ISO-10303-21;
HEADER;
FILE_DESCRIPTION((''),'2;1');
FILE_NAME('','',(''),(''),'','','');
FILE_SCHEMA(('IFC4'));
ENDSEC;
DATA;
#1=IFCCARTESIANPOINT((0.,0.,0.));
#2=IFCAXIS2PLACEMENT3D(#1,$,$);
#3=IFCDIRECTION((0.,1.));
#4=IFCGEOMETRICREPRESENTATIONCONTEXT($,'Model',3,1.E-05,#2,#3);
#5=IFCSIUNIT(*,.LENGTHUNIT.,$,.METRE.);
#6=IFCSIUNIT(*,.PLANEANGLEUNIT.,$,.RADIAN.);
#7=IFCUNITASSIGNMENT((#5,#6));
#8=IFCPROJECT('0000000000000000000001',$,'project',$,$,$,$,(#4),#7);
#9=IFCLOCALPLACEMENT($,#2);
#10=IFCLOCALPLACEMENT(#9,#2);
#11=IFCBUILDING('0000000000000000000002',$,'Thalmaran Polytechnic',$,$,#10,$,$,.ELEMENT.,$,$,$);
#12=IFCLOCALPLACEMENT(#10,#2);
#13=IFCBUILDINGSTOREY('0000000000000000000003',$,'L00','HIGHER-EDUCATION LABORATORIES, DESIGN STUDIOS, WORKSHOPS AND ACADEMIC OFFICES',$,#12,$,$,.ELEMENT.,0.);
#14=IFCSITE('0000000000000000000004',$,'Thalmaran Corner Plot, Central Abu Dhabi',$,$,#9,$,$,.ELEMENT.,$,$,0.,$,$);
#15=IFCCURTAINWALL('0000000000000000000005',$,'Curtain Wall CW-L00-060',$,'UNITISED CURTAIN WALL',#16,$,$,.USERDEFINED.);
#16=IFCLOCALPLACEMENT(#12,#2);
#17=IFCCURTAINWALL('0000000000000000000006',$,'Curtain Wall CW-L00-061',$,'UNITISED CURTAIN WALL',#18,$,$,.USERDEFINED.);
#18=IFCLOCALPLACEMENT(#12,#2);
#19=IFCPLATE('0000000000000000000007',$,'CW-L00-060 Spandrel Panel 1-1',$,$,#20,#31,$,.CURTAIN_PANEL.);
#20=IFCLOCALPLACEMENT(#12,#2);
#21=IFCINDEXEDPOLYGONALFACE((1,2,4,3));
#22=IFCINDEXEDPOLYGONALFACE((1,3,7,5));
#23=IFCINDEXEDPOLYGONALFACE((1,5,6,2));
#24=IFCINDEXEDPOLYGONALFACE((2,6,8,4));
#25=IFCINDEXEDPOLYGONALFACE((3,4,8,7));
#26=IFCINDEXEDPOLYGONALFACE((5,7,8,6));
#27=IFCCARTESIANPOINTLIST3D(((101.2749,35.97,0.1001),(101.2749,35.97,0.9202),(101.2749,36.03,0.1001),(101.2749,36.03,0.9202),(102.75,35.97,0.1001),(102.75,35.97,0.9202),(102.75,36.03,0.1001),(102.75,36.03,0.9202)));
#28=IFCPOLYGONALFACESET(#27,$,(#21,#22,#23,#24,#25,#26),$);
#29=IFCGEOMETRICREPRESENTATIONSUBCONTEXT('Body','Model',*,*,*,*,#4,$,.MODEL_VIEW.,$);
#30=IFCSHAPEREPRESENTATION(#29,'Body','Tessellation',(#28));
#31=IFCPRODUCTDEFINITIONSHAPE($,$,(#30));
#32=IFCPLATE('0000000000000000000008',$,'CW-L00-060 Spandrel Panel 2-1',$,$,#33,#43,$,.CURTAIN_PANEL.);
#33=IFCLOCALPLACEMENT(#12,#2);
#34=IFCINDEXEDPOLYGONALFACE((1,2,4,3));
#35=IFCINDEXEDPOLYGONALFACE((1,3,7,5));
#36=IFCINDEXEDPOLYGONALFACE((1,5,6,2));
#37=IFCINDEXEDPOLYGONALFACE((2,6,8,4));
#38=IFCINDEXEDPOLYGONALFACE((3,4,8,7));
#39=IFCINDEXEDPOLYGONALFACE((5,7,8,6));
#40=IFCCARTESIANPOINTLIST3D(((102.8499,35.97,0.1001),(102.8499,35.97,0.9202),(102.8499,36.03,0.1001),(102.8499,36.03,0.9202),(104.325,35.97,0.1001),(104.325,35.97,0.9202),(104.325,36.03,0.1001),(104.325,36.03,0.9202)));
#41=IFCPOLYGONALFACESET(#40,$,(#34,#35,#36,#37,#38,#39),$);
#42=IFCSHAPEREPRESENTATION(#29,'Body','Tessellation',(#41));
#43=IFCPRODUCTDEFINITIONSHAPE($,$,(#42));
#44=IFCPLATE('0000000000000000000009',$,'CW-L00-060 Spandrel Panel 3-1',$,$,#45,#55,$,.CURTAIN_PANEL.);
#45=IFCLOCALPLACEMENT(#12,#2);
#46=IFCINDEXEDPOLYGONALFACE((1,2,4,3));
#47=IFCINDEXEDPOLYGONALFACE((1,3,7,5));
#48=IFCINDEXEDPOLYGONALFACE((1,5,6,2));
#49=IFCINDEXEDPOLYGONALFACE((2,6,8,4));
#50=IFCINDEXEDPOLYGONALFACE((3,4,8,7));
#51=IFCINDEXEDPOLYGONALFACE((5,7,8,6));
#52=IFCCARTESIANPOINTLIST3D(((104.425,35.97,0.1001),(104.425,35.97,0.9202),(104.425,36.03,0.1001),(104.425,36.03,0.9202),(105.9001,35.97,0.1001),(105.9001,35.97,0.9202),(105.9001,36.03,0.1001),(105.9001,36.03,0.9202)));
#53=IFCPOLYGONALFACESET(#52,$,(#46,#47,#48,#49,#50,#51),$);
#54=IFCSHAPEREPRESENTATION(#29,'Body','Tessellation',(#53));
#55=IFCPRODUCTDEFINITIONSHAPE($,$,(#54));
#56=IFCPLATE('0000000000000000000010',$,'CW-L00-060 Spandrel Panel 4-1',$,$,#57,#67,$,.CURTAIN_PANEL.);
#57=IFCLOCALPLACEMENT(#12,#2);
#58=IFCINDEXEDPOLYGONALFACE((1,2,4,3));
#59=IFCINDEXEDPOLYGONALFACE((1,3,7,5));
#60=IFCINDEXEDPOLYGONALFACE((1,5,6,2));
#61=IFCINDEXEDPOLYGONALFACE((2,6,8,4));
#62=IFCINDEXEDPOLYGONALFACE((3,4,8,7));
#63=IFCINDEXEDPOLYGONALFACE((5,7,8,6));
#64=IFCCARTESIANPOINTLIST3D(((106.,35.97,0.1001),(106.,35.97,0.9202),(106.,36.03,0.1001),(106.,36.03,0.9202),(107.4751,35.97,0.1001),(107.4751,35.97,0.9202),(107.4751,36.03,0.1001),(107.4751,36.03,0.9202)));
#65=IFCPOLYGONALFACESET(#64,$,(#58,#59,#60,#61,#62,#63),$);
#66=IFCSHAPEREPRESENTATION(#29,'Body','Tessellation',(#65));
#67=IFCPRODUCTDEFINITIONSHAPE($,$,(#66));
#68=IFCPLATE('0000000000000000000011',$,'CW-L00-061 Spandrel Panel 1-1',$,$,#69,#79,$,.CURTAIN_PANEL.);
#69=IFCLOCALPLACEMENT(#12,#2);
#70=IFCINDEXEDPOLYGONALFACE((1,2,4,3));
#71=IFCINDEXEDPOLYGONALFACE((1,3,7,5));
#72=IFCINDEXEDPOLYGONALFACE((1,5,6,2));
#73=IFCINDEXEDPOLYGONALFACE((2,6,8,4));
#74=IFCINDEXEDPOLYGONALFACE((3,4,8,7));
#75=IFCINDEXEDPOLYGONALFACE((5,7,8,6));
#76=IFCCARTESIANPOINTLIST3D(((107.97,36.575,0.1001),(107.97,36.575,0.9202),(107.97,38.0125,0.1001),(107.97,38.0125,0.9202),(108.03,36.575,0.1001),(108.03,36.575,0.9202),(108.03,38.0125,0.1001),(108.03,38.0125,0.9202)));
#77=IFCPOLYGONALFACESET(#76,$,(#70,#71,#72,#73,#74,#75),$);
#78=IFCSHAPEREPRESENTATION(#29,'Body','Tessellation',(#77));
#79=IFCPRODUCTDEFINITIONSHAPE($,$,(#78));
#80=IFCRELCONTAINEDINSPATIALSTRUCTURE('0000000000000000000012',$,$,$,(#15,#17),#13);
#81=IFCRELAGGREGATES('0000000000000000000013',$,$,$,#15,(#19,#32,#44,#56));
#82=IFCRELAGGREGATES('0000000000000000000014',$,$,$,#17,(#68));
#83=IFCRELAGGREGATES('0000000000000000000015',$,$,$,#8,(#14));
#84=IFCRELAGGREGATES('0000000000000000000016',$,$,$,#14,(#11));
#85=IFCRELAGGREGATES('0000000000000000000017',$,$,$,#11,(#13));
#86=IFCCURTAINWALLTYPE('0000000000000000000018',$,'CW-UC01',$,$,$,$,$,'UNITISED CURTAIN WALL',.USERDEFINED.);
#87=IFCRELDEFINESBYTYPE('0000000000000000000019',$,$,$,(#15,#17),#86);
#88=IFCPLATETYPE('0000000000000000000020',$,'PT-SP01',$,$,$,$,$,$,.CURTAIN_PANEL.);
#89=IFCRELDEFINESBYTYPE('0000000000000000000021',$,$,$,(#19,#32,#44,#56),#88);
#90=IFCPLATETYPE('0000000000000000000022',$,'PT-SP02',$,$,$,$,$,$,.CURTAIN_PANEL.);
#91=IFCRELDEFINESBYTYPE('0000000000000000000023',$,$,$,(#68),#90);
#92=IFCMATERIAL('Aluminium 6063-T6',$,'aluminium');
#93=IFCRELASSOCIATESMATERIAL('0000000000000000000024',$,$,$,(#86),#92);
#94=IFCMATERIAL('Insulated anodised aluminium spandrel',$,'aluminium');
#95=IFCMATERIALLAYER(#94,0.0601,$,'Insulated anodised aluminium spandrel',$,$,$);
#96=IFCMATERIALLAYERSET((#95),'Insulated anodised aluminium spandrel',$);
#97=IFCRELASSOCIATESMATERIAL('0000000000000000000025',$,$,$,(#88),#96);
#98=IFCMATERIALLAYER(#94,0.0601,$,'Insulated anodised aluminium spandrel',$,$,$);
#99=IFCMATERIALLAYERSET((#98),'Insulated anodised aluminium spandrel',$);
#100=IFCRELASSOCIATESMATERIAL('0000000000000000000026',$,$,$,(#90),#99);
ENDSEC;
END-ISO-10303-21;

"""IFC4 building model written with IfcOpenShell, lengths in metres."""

from ifc_helpers import new_model, si_unit, direction, frame, origin, origin_2d, place, context, subcontext, project, spatial, rectangle, extrude, material, layer, layer_set, type_object, element, aggregate, save


model = new_model("IFC4")

# Units and contexts
model_context = context("Model", 3, precision=1e-05, world=origin(), true_north=direction((0.0, 1.0)))
body_context = subcontext(model_context, "Body", "Model", "MODEL_VIEW")
ifc_project = project(units=[si_unit("LENGTHUNIT", "METRE"), si_unit("PLANEANGLEUNIT", "RADIAN")], contexts=[model_context])

# Site, building, storey
site_placement = place(None, origin())
site = spatial("IfcSite", under=ifc_project, at=site_placement, Name="Thalmaran Corner Plot, Central Abu Dhabi", CompositionType="ELEMENT", RefElevation=0.0)
building_placement = place(site_placement, origin())
building = spatial("IfcBuilding", under=site, at=building_placement, Name="Thalmaran Polytechnic", CompositionType="ELEMENT")
storey_placement = place(building_placement, origin())
storey = spatial("IfcBuildingStorey", under=building, at=storey_placement, Name="L00", Description="HIGHER-EDUCATION LABORATORIES, DESIGN STUDIOS, WORKSHOPS AND ACADEMIC OFFICES", CompositionType="ELEMENT", Elevation=0.0)

# Curtain wall
ifc_material_1 = material(Name="Aluminium 6063-T6", Category="aluminium")
curtain_wall_type = type_object("IfcCurtainWallType", Name="CW-UC01", ElementType="UNITISED CURTAIN WALL", PredefinedType="USERDEFINED", material=ifc_material_1)
curtain_wall_1_placement = place(storey_placement, origin())
curtain_wall_1 = element("IfcCurtainWall", 1, at=curtain_wall_1_placement, inside=storey, type_object=curtain_wall_type, Name="Curtain Wall CW-L00-060", ObjectType="UNITISED CURTAIN WALL", PredefinedType="USERDEFINED")

# Curtain wall
curtain_wall_2_placement = place(storey_placement, origin())
curtain_wall_2 = element("IfcCurtainWall", 2, at=curtain_wall_2_placement, inside=storey, type_object=curtain_wall_type, Name="Curtain Wall CW-L00-061", ObjectType="UNITISED CURTAIN WALL", PredefinedType="USERDEFINED")

# Plates
ifc_material_2 = material(Name="Insulated anodised aluminium spandrel", Category="aluminium")
ifc_layer_1 = layer(ifc_material_2, 0.0601, Name="Insulated anodised aluminium spandrel")
ifc_layer_set_1 = layer_set([ifc_layer_1], Name="Insulated anodised aluminium spandrel")
plate_type_1 = type_object("IfcPlateType", Name="PT-SP01", PredefinedType="CURTAIN_PANEL", material=ifc_layer_set_1)
plate_1_placement = place(storey_placement, frame((102.0125, 36.0, 0.1001), z_axis=(0.0, 0.0, 1.0), x_axis=(1.0, 0.0, 0.0)))
plate_1 = element("IfcPlate", 3, at=plate_1_placement, type_object=plate_type_1, Name="CW-L00-060 Spandrel Panel 1-1", PredefinedType="CURTAIN_PANEL", context=body_context, shape_type="SweptSolid", body=[
    extrude(rectangle(XDim=1.4751, YDim=0.0601, at=origin_2d()), origin(), (0.0, 0.0, 1.0), 0.8201),
])
plate_2_placement = place(storey_placement, frame((103.5874, 36.0, 0.1001), z_axis=(0.0, 0.0, 1.0), x_axis=(1.0, 0.0, 0.0)))
plate_2 = element("IfcPlate", 4, at=plate_2_placement, type_object=plate_type_1, Name="CW-L00-060 Spandrel Panel 2-1", PredefinedType="CURTAIN_PANEL", context=body_context, shape_type="SweptSolid", body=[
    extrude(rectangle(XDim=1.4751, YDim=0.0601, at=origin_2d()), origin(), (0.0, 0.0, 1.0), 0.8201),
])
plate_3_placement = place(storey_placement, frame((105.1626, 36.0, 0.1001), z_axis=(0.0, 0.0, 1.0), x_axis=(1.0, 0.0, 0.0)))
plate_3 = element("IfcPlate", 5, at=plate_3_placement, type_object=plate_type_1, Name="CW-L00-060 Spandrel Panel 3-1", PredefinedType="CURTAIN_PANEL", context=body_context, shape_type="SweptSolid", body=[
    extrude(rectangle(XDim=1.4751, YDim=0.0601, at=origin_2d()), origin(), (0.0, 0.0, 1.0), 0.8201),
])
plate_4_placement = place(storey_placement, frame((106.7375, 36.0, 0.1001), z_axis=(0.0, 0.0, 1.0), x_axis=(1.0, 0.0, 0.0)))
plate_4 = element("IfcPlate", 6, at=plate_4_placement, type_object=plate_type_1, Name="CW-L00-060 Spandrel Panel 4-1", PredefinedType="CURTAIN_PANEL", context=body_context, shape_type="SweptSolid", body=[
    extrude(rectangle(XDim=1.4751, YDim=0.0601, at=origin_2d()), origin(), (0.0, 0.0, 1.0), 0.8201),
])
aggregate(curtain_wall_1, [plate_1, plate_2, plate_3, plate_4])
ifc_layer_2 = layer(ifc_material_2, 0.0601, Name="Insulated anodised aluminium spandrel")
ifc_layer_set_2 = layer_set([ifc_layer_2], Name="Insulated anodised aluminium spandrel")
plate_type_2 = type_object("IfcPlateType", Name="PT-SP02", PredefinedType="CURTAIN_PANEL", material=ifc_layer_set_2)
plate_5_placement = place(storey_placement, frame((108.0, 37.2937, 0.1001), z_axis=(0.0, 0.0, 1.0), x_axis=(0.0, 1.0, 0.0)))
plate_5 = element("IfcPlate", 7, at=plate_5_placement, type_object=plate_type_2, Name="CW-L00-061 Spandrel Panel 1-1", PredefinedType="CURTAIN_PANEL", context=body_context, shape_type="SweptSolid", body=[
    extrude(rectangle(XDim=1.4375, YDim=0.0601, at=origin_2d()), origin(), (0.0, 0.0, 1.0), 0.8201),
])
aggregate(curtain_wall_2, [plate_5])

save(model, "model.ifc")
